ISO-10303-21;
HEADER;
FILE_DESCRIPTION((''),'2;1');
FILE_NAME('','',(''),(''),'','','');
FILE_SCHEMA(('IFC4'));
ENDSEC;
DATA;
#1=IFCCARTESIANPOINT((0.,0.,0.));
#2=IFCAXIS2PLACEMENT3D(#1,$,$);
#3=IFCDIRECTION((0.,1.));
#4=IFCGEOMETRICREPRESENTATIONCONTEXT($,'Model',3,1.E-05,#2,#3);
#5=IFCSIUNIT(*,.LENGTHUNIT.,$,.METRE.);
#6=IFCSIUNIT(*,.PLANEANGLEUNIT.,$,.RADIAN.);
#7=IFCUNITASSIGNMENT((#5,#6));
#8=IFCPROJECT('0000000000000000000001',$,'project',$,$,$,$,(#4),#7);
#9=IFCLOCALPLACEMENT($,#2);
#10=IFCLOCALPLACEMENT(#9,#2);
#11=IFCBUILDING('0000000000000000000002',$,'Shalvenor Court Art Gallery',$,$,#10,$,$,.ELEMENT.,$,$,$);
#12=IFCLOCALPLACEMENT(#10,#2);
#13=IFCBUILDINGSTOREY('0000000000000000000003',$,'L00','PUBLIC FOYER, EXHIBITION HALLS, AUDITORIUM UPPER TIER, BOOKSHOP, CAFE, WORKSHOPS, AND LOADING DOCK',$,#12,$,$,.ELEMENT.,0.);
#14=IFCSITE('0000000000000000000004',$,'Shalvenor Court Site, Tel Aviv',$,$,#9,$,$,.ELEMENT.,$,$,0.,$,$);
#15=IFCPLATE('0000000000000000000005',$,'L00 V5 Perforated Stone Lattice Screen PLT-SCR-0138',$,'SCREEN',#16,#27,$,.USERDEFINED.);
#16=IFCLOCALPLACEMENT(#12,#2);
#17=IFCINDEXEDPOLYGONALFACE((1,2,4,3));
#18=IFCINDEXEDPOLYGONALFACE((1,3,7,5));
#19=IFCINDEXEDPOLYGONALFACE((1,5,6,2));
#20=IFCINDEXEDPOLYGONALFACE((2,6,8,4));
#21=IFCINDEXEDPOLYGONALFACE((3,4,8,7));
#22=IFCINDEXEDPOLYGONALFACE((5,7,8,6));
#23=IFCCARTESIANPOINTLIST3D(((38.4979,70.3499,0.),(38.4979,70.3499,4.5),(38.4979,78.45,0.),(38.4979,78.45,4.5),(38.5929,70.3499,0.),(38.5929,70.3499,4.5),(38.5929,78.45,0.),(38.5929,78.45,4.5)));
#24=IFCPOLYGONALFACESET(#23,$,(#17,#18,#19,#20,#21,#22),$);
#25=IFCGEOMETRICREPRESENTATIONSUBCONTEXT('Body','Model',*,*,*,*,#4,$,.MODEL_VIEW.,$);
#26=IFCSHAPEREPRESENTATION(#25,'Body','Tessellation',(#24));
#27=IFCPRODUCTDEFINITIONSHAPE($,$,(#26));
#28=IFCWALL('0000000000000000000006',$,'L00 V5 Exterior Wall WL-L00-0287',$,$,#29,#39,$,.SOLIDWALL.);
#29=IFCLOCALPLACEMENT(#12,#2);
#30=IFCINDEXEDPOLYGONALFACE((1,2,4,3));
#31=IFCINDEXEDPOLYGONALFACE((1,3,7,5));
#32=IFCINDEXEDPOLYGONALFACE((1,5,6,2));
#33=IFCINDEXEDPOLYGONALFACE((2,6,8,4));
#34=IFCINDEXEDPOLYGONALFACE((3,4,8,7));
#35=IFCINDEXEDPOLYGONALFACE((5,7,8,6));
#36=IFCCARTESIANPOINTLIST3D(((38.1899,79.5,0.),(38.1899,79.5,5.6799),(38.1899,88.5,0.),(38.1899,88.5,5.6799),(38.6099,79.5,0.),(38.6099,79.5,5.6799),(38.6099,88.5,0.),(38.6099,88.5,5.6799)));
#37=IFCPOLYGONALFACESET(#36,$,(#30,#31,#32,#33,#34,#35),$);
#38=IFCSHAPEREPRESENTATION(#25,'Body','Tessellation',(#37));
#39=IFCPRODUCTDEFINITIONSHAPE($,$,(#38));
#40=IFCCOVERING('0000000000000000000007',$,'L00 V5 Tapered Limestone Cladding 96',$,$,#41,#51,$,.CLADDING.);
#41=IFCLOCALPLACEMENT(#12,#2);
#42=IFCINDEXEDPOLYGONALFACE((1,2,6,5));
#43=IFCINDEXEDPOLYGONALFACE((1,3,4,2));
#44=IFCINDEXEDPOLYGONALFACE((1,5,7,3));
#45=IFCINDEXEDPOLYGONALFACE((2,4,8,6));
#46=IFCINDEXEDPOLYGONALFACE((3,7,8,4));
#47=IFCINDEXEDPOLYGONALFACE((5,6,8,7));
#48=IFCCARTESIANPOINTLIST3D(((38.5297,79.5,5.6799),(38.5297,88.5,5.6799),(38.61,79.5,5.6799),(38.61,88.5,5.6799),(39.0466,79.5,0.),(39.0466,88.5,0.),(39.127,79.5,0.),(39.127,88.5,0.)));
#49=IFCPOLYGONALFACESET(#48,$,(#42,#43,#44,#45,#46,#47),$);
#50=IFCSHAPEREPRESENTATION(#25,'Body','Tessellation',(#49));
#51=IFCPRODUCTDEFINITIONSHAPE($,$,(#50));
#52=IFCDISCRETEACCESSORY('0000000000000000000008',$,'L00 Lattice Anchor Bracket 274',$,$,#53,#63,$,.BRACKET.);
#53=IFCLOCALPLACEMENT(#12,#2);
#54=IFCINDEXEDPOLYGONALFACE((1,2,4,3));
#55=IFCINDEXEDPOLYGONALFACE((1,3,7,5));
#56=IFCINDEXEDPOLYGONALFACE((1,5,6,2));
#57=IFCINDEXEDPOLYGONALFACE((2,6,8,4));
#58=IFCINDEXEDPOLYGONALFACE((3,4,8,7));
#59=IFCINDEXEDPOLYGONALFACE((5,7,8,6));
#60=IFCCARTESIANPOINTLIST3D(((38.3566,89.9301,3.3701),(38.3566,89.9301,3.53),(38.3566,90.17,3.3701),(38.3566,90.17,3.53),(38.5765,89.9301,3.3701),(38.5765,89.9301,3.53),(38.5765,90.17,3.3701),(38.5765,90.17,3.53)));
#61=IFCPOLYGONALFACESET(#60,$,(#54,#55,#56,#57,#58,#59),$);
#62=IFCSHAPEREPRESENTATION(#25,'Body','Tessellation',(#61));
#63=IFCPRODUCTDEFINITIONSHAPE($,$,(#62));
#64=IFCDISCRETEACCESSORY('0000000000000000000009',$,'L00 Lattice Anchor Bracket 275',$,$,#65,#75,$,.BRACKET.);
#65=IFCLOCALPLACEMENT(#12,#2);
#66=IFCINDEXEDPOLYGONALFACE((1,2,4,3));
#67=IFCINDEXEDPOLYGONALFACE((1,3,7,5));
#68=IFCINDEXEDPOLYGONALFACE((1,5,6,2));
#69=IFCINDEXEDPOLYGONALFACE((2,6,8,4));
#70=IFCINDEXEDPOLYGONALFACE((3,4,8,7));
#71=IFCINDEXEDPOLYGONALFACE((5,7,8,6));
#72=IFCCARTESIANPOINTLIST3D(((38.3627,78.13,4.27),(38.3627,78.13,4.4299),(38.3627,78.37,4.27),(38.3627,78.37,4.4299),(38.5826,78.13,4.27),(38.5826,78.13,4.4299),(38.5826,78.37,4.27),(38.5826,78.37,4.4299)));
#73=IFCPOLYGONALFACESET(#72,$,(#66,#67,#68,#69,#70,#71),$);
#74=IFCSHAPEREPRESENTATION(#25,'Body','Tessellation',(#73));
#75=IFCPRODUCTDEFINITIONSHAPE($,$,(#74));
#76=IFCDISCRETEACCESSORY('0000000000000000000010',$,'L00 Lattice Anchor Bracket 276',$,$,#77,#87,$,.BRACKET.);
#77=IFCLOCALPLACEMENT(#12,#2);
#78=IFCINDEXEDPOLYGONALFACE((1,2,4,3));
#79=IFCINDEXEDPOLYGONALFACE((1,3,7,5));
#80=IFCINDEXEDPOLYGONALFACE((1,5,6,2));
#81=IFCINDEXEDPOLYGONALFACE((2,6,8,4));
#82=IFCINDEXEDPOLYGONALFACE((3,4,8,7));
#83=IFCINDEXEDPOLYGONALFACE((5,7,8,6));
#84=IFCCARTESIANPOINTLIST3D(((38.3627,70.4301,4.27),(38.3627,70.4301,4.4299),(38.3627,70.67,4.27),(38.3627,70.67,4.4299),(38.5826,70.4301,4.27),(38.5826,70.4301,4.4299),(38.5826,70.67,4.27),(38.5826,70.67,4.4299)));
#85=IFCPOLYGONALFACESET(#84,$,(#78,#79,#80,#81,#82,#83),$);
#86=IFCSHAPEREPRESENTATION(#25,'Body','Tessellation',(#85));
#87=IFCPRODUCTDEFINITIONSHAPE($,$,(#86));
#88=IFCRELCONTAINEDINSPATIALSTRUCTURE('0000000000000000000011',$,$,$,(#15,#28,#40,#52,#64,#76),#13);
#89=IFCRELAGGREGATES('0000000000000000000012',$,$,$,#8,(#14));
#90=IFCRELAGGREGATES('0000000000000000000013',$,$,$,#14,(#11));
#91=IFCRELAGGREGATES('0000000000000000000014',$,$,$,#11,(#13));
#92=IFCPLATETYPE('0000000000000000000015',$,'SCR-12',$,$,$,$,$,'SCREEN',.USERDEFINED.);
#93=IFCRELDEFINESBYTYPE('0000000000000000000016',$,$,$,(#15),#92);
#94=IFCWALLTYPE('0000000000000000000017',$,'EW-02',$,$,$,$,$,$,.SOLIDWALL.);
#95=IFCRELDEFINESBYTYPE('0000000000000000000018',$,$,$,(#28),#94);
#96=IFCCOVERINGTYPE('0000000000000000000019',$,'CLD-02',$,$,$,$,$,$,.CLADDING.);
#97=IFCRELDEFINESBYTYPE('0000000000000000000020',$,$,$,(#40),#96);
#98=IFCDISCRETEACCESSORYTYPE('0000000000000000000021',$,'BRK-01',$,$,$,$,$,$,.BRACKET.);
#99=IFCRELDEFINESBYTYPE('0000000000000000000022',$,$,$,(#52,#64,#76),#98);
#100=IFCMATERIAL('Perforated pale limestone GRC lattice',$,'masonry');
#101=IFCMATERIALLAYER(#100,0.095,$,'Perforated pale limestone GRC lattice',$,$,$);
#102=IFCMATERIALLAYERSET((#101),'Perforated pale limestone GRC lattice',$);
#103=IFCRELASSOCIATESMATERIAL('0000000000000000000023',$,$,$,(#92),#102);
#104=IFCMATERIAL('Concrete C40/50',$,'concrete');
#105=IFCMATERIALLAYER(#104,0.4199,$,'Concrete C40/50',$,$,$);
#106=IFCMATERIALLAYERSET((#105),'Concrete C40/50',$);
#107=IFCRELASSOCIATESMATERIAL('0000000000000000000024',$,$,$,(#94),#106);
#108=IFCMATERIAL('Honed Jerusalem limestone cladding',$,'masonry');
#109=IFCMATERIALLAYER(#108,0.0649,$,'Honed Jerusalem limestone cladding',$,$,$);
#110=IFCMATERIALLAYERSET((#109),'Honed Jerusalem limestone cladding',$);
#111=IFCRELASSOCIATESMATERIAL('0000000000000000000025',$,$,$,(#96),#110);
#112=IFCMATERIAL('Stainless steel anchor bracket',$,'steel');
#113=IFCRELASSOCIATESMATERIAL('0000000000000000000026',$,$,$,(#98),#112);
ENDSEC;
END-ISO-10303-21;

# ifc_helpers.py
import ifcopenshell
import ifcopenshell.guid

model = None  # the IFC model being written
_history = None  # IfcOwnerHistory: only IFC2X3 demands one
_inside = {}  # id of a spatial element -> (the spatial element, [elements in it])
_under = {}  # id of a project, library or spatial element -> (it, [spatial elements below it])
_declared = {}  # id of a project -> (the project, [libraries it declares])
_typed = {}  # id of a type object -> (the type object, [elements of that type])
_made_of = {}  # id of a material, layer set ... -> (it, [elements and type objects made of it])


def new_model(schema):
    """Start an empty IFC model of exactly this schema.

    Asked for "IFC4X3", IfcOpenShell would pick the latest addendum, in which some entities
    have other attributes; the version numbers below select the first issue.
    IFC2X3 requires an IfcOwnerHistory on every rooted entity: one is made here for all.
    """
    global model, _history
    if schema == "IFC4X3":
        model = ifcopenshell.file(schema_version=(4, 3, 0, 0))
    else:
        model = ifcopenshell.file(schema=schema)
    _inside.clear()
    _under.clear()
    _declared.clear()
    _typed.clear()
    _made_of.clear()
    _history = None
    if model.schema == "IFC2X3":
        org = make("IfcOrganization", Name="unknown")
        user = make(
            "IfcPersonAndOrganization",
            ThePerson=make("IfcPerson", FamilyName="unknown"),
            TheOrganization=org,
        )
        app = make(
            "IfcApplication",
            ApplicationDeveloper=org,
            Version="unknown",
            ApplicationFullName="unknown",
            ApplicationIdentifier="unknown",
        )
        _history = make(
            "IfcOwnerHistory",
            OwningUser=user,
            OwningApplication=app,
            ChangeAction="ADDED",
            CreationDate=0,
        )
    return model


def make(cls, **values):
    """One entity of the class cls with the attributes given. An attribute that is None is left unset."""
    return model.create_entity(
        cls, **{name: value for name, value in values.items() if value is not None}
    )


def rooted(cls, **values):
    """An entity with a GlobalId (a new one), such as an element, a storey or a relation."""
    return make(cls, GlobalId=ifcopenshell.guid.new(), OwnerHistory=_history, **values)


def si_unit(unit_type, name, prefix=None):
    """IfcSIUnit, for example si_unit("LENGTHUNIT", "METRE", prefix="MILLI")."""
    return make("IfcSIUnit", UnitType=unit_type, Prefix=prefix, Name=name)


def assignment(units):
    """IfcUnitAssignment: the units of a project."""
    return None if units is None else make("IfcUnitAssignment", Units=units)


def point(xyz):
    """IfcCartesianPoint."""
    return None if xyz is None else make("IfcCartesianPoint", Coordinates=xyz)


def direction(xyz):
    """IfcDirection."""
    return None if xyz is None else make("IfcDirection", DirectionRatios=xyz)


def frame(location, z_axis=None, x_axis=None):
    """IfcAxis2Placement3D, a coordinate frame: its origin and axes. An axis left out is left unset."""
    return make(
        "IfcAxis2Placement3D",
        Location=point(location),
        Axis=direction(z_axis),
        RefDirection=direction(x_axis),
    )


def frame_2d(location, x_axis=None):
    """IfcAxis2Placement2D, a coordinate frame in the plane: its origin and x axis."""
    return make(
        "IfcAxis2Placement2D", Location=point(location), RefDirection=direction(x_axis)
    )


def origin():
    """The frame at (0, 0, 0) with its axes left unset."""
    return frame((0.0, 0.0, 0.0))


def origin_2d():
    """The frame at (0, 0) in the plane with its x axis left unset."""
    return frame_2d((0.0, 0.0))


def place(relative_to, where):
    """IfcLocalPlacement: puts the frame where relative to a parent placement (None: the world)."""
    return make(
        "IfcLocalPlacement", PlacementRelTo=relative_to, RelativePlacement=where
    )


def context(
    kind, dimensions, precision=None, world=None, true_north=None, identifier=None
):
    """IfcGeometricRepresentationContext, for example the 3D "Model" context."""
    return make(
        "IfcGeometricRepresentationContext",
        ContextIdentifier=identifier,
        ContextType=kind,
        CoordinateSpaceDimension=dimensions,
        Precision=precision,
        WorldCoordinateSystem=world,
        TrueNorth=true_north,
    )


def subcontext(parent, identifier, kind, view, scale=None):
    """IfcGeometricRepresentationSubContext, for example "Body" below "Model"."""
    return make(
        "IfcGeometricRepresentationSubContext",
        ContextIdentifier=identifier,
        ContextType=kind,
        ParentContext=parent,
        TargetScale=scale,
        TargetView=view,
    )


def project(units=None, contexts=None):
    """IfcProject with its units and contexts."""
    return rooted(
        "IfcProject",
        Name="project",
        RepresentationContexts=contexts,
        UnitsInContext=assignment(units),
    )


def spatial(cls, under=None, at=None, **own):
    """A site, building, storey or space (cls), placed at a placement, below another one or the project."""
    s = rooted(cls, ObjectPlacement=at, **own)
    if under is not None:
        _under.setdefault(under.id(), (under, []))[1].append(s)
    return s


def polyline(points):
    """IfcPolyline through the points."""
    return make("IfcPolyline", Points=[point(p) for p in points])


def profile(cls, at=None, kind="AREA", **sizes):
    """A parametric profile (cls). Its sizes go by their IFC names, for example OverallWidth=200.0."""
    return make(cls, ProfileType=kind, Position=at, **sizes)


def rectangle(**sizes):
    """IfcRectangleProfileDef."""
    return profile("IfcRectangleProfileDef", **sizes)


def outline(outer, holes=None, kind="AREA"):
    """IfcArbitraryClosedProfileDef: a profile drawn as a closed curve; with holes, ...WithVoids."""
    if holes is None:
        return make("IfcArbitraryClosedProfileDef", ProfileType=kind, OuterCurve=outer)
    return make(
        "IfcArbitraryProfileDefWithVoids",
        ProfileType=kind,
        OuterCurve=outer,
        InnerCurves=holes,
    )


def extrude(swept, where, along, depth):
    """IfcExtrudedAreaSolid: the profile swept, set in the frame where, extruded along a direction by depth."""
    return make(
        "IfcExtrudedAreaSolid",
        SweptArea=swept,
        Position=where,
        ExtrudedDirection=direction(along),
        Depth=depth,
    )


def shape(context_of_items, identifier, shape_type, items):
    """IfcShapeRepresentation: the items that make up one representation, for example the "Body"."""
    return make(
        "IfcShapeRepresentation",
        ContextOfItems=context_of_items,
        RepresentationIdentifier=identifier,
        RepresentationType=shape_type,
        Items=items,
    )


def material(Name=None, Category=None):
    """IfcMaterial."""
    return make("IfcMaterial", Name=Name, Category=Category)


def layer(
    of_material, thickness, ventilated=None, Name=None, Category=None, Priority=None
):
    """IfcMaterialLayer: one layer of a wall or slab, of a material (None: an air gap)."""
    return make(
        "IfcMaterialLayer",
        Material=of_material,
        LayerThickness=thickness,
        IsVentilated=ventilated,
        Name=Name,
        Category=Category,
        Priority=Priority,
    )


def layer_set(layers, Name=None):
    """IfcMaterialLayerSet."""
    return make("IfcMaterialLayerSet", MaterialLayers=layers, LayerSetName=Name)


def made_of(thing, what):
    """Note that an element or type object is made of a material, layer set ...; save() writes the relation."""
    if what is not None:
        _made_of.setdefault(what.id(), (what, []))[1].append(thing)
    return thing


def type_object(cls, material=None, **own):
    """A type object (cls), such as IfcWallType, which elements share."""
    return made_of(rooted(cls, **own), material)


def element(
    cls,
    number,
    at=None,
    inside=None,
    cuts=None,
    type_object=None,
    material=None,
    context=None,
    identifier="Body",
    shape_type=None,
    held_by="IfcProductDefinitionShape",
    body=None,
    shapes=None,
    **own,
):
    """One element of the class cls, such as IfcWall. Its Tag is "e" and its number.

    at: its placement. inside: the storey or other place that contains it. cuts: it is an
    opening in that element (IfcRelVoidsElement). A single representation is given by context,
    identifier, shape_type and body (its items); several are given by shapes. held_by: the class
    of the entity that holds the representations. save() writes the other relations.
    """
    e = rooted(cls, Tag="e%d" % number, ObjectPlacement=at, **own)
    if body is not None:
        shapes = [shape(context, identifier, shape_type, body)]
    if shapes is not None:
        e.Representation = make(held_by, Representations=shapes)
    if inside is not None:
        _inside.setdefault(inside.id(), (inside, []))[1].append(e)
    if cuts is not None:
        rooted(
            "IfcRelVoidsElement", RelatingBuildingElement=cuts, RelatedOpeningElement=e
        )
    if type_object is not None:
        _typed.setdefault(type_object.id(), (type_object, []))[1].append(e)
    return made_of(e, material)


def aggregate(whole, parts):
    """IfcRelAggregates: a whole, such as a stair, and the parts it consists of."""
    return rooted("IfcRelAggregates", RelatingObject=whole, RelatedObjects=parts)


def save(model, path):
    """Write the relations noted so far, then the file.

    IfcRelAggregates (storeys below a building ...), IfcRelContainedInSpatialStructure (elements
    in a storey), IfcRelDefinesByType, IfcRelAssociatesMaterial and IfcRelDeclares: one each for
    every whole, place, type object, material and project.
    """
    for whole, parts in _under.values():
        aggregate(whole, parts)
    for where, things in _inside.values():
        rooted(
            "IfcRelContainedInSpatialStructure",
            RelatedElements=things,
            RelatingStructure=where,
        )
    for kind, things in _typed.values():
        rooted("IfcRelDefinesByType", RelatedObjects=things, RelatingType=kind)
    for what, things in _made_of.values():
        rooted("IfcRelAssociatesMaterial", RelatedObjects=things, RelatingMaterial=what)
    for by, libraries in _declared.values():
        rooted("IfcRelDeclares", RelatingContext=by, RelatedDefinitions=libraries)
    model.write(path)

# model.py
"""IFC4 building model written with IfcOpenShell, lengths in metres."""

from ifc_helpers import new_model, si_unit, direction, frame, frame_2d, origin, origin_2d, place, context, subcontext, project, spatial, polyline, rectangle, outline, extrude, material, layer, layer_set, type_object, element, save


model = new_model("IFC4")

# Units and contexts
model_context = context("Model", 3, precision=1e-05, world=origin(), true_north=direction((0.0, 1.0)))
body_context = subcontext(model_context, "Body", "Model", "MODEL_VIEW")
ifc_project = project(units=[si_unit("LENGTHUNIT", "METRE"), si_unit("PLANEANGLEUNIT", "RADIAN")], contexts=[model_context])

# Site, building, storey
site_placement = place(None, origin())
site = spatial("IfcSite", under=ifc_project, at=site_placement, Name="Shalvenor Court Site, Tel Aviv", CompositionType="ELEMENT", RefElevation=0.0)
building_placement = place(site_placement, origin())
building = spatial("IfcBuilding", under=site, at=building_placement, Name="Shalvenor Court Art Gallery", CompositionType="ELEMENT")
storey_placement = place(building_placement, origin())
storey = spatial("IfcBuildingStorey", under=building, at=storey_placement, Name="L00", Description="PUBLIC FOYER, EXHIBITION HALLS, AUDITORIUM UPPER TIER, BOOKSHOP, CAFE, WORKSHOPS, AND LOADING DOCK", CompositionType="ELEMENT", Elevation=0.0)

# Plate
ifc_material_1 = material(Name="Perforated pale limestone GRC lattice", Category="masonry")
ifc_layer_1 = layer(ifc_material_1, 0.095, Name="Perforated pale limestone GRC lattice")
ifc_layer_set_1 = layer_set([ifc_layer_1], Name="Perforated pale limestone GRC lattice")
plate_type_1 = type_object("IfcPlateType", Name="SCR-12", ElementType="SCREEN", PredefinedType="USERDEFINED", material=ifc_layer_set_1)
plate_1_placement = place(storey_placement, frame((38.5454, 74.3999, 0.0), z_axis=(0.0, 0.0, 1.0), x_axis=(0.0, -1.0, 0.0)))
element("IfcPlate", 1, at=plate_1_placement, inside=storey, type_object=plate_type_1, Name="L00 V5 Perforated Stone Lattice Screen PLT-SCR-0138", ObjectType="SCREEN", PredefinedType="USERDEFINED", context=body_context, shape_type="SweptSolid", body=[
    extrude(rectangle(XDim=8.1001, YDim=0.095, at=origin_2d()), origin(), (0.0, 0.0, 1.0), 4.5),
])

# Wall
ifc_material_2 = material(Name="Concrete C40/50", Category="concrete")
ifc_layer_2 = layer(ifc_material_2, 0.4199, Name="Concrete C40/50")
ifc_layer_set_2 = layer_set([ifc_layer_2], Name="Concrete C40/50")
wall_type = type_object("IfcWallType", Name="EW-02", PredefinedType="SOLIDWALL", material=ifc_layer_set_2)
wall_placement = place(storey_placement, frame((38.3999, 88.5, 0.0), z_axis=(0.0, 0.0, 1.0), x_axis=(0.0, -1.0, 0.0)))
element("IfcWall", 2, at=wall_placement, inside=storey, type_object=wall_type, Name="L00 V5 Exterior Wall WL-L00-0287", PredefinedType="SOLIDWALL", context=body_context, shape_type="SweptSolid", body=[
    extrude(rectangle(XDim=9.0, YDim=0.4199, at=frame_2d((4.5, 0.0))), origin(), (0.0, 0.0, 1.0), 5.6799),
])

# Covering
ifc_material_3 = material(Name="Honed Jerusalem limestone cladding", Category="masonry")
ifc_layer_3 = layer(ifc_material_3, 0.0649, Name="Honed Jerusalem limestone cladding")
ifc_layer_set_3 = layer_set([ifc_layer_3], Name="Honed Jerusalem limestone cladding")
covering_type = type_object("IfcCoveringType", Name="CLD-02", PredefinedType="CLADDING", material=ifc_layer_set_3)
covering_placement = place(storey_placement, frame((39.127, 79.5, 0.0), z_axis=(0.0, 0.0, 1.0), x_axis=(0.0, 1.0, 0.0)))
element("IfcCovering", 3, at=covering_placement, inside=storey, type_object=covering_type, Name="L00 V5 Tapered Limestone Cladding 96", PredefinedType="CLADDING", context=body_context, shape_type="SweptSolid", body=[
    extrude(outline(polyline([(0.0, 0.0), (9.0, 0.0), (9.0, 5.7034), (0.0, 5.7034), (0.0, 0.0)])), frame((0.0, 0.0, 0.0), z_axis=(0.0, -0.995884, 0.090633), x_axis=(1.0, 0.0, 0.0)), (0.0, 0.090633, -0.995884), 0.0803),
])

# Discrete accessories
ifc_material_4 = material(Name="Stainless steel anchor bracket", Category="steel")
discrete_accessory_type = type_object("IfcDiscreteAccessoryType", Name="BRK-01", PredefinedType="BRACKET", material=ifc_material_4)
for number, where, z_axis, x_axis, name in (
    (4, (38.4666, 90.05, 3.3701), (0.0, 0.0, 1.0), (0.0, -1.0, 0.0), "L00 Lattice Anchor Bracket 274"),
    (5, (38.4727, 78.25, 4.27), (0.0, 0.0, 1.0), (0.0, -1.0, 0.0), "L00 Lattice Anchor Bracket 275"),
    (6, (38.4727, 70.55, 4.27), (0.0, 0.0, 1.0), (0.0, -1.0, 0.0), "L00 Lattice Anchor Bracket 276"),
):
    element("IfcDiscreteAccessory", number, at=place(storey_placement, frame(where, z_axis=z_axis, x_axis=x_axis)), inside=storey, type_object=discrete_accessory_type, Name=name, PredefinedType="BRACKET", context=body_context, shape_type="SweptSolid", body=[
        extrude(rectangle(XDim=0.24, YDim=0.22, at=origin_2d()), origin(), (0.0, 0.0, 1.0), 0.1599),
    ])

save(model, "model.ifc")
